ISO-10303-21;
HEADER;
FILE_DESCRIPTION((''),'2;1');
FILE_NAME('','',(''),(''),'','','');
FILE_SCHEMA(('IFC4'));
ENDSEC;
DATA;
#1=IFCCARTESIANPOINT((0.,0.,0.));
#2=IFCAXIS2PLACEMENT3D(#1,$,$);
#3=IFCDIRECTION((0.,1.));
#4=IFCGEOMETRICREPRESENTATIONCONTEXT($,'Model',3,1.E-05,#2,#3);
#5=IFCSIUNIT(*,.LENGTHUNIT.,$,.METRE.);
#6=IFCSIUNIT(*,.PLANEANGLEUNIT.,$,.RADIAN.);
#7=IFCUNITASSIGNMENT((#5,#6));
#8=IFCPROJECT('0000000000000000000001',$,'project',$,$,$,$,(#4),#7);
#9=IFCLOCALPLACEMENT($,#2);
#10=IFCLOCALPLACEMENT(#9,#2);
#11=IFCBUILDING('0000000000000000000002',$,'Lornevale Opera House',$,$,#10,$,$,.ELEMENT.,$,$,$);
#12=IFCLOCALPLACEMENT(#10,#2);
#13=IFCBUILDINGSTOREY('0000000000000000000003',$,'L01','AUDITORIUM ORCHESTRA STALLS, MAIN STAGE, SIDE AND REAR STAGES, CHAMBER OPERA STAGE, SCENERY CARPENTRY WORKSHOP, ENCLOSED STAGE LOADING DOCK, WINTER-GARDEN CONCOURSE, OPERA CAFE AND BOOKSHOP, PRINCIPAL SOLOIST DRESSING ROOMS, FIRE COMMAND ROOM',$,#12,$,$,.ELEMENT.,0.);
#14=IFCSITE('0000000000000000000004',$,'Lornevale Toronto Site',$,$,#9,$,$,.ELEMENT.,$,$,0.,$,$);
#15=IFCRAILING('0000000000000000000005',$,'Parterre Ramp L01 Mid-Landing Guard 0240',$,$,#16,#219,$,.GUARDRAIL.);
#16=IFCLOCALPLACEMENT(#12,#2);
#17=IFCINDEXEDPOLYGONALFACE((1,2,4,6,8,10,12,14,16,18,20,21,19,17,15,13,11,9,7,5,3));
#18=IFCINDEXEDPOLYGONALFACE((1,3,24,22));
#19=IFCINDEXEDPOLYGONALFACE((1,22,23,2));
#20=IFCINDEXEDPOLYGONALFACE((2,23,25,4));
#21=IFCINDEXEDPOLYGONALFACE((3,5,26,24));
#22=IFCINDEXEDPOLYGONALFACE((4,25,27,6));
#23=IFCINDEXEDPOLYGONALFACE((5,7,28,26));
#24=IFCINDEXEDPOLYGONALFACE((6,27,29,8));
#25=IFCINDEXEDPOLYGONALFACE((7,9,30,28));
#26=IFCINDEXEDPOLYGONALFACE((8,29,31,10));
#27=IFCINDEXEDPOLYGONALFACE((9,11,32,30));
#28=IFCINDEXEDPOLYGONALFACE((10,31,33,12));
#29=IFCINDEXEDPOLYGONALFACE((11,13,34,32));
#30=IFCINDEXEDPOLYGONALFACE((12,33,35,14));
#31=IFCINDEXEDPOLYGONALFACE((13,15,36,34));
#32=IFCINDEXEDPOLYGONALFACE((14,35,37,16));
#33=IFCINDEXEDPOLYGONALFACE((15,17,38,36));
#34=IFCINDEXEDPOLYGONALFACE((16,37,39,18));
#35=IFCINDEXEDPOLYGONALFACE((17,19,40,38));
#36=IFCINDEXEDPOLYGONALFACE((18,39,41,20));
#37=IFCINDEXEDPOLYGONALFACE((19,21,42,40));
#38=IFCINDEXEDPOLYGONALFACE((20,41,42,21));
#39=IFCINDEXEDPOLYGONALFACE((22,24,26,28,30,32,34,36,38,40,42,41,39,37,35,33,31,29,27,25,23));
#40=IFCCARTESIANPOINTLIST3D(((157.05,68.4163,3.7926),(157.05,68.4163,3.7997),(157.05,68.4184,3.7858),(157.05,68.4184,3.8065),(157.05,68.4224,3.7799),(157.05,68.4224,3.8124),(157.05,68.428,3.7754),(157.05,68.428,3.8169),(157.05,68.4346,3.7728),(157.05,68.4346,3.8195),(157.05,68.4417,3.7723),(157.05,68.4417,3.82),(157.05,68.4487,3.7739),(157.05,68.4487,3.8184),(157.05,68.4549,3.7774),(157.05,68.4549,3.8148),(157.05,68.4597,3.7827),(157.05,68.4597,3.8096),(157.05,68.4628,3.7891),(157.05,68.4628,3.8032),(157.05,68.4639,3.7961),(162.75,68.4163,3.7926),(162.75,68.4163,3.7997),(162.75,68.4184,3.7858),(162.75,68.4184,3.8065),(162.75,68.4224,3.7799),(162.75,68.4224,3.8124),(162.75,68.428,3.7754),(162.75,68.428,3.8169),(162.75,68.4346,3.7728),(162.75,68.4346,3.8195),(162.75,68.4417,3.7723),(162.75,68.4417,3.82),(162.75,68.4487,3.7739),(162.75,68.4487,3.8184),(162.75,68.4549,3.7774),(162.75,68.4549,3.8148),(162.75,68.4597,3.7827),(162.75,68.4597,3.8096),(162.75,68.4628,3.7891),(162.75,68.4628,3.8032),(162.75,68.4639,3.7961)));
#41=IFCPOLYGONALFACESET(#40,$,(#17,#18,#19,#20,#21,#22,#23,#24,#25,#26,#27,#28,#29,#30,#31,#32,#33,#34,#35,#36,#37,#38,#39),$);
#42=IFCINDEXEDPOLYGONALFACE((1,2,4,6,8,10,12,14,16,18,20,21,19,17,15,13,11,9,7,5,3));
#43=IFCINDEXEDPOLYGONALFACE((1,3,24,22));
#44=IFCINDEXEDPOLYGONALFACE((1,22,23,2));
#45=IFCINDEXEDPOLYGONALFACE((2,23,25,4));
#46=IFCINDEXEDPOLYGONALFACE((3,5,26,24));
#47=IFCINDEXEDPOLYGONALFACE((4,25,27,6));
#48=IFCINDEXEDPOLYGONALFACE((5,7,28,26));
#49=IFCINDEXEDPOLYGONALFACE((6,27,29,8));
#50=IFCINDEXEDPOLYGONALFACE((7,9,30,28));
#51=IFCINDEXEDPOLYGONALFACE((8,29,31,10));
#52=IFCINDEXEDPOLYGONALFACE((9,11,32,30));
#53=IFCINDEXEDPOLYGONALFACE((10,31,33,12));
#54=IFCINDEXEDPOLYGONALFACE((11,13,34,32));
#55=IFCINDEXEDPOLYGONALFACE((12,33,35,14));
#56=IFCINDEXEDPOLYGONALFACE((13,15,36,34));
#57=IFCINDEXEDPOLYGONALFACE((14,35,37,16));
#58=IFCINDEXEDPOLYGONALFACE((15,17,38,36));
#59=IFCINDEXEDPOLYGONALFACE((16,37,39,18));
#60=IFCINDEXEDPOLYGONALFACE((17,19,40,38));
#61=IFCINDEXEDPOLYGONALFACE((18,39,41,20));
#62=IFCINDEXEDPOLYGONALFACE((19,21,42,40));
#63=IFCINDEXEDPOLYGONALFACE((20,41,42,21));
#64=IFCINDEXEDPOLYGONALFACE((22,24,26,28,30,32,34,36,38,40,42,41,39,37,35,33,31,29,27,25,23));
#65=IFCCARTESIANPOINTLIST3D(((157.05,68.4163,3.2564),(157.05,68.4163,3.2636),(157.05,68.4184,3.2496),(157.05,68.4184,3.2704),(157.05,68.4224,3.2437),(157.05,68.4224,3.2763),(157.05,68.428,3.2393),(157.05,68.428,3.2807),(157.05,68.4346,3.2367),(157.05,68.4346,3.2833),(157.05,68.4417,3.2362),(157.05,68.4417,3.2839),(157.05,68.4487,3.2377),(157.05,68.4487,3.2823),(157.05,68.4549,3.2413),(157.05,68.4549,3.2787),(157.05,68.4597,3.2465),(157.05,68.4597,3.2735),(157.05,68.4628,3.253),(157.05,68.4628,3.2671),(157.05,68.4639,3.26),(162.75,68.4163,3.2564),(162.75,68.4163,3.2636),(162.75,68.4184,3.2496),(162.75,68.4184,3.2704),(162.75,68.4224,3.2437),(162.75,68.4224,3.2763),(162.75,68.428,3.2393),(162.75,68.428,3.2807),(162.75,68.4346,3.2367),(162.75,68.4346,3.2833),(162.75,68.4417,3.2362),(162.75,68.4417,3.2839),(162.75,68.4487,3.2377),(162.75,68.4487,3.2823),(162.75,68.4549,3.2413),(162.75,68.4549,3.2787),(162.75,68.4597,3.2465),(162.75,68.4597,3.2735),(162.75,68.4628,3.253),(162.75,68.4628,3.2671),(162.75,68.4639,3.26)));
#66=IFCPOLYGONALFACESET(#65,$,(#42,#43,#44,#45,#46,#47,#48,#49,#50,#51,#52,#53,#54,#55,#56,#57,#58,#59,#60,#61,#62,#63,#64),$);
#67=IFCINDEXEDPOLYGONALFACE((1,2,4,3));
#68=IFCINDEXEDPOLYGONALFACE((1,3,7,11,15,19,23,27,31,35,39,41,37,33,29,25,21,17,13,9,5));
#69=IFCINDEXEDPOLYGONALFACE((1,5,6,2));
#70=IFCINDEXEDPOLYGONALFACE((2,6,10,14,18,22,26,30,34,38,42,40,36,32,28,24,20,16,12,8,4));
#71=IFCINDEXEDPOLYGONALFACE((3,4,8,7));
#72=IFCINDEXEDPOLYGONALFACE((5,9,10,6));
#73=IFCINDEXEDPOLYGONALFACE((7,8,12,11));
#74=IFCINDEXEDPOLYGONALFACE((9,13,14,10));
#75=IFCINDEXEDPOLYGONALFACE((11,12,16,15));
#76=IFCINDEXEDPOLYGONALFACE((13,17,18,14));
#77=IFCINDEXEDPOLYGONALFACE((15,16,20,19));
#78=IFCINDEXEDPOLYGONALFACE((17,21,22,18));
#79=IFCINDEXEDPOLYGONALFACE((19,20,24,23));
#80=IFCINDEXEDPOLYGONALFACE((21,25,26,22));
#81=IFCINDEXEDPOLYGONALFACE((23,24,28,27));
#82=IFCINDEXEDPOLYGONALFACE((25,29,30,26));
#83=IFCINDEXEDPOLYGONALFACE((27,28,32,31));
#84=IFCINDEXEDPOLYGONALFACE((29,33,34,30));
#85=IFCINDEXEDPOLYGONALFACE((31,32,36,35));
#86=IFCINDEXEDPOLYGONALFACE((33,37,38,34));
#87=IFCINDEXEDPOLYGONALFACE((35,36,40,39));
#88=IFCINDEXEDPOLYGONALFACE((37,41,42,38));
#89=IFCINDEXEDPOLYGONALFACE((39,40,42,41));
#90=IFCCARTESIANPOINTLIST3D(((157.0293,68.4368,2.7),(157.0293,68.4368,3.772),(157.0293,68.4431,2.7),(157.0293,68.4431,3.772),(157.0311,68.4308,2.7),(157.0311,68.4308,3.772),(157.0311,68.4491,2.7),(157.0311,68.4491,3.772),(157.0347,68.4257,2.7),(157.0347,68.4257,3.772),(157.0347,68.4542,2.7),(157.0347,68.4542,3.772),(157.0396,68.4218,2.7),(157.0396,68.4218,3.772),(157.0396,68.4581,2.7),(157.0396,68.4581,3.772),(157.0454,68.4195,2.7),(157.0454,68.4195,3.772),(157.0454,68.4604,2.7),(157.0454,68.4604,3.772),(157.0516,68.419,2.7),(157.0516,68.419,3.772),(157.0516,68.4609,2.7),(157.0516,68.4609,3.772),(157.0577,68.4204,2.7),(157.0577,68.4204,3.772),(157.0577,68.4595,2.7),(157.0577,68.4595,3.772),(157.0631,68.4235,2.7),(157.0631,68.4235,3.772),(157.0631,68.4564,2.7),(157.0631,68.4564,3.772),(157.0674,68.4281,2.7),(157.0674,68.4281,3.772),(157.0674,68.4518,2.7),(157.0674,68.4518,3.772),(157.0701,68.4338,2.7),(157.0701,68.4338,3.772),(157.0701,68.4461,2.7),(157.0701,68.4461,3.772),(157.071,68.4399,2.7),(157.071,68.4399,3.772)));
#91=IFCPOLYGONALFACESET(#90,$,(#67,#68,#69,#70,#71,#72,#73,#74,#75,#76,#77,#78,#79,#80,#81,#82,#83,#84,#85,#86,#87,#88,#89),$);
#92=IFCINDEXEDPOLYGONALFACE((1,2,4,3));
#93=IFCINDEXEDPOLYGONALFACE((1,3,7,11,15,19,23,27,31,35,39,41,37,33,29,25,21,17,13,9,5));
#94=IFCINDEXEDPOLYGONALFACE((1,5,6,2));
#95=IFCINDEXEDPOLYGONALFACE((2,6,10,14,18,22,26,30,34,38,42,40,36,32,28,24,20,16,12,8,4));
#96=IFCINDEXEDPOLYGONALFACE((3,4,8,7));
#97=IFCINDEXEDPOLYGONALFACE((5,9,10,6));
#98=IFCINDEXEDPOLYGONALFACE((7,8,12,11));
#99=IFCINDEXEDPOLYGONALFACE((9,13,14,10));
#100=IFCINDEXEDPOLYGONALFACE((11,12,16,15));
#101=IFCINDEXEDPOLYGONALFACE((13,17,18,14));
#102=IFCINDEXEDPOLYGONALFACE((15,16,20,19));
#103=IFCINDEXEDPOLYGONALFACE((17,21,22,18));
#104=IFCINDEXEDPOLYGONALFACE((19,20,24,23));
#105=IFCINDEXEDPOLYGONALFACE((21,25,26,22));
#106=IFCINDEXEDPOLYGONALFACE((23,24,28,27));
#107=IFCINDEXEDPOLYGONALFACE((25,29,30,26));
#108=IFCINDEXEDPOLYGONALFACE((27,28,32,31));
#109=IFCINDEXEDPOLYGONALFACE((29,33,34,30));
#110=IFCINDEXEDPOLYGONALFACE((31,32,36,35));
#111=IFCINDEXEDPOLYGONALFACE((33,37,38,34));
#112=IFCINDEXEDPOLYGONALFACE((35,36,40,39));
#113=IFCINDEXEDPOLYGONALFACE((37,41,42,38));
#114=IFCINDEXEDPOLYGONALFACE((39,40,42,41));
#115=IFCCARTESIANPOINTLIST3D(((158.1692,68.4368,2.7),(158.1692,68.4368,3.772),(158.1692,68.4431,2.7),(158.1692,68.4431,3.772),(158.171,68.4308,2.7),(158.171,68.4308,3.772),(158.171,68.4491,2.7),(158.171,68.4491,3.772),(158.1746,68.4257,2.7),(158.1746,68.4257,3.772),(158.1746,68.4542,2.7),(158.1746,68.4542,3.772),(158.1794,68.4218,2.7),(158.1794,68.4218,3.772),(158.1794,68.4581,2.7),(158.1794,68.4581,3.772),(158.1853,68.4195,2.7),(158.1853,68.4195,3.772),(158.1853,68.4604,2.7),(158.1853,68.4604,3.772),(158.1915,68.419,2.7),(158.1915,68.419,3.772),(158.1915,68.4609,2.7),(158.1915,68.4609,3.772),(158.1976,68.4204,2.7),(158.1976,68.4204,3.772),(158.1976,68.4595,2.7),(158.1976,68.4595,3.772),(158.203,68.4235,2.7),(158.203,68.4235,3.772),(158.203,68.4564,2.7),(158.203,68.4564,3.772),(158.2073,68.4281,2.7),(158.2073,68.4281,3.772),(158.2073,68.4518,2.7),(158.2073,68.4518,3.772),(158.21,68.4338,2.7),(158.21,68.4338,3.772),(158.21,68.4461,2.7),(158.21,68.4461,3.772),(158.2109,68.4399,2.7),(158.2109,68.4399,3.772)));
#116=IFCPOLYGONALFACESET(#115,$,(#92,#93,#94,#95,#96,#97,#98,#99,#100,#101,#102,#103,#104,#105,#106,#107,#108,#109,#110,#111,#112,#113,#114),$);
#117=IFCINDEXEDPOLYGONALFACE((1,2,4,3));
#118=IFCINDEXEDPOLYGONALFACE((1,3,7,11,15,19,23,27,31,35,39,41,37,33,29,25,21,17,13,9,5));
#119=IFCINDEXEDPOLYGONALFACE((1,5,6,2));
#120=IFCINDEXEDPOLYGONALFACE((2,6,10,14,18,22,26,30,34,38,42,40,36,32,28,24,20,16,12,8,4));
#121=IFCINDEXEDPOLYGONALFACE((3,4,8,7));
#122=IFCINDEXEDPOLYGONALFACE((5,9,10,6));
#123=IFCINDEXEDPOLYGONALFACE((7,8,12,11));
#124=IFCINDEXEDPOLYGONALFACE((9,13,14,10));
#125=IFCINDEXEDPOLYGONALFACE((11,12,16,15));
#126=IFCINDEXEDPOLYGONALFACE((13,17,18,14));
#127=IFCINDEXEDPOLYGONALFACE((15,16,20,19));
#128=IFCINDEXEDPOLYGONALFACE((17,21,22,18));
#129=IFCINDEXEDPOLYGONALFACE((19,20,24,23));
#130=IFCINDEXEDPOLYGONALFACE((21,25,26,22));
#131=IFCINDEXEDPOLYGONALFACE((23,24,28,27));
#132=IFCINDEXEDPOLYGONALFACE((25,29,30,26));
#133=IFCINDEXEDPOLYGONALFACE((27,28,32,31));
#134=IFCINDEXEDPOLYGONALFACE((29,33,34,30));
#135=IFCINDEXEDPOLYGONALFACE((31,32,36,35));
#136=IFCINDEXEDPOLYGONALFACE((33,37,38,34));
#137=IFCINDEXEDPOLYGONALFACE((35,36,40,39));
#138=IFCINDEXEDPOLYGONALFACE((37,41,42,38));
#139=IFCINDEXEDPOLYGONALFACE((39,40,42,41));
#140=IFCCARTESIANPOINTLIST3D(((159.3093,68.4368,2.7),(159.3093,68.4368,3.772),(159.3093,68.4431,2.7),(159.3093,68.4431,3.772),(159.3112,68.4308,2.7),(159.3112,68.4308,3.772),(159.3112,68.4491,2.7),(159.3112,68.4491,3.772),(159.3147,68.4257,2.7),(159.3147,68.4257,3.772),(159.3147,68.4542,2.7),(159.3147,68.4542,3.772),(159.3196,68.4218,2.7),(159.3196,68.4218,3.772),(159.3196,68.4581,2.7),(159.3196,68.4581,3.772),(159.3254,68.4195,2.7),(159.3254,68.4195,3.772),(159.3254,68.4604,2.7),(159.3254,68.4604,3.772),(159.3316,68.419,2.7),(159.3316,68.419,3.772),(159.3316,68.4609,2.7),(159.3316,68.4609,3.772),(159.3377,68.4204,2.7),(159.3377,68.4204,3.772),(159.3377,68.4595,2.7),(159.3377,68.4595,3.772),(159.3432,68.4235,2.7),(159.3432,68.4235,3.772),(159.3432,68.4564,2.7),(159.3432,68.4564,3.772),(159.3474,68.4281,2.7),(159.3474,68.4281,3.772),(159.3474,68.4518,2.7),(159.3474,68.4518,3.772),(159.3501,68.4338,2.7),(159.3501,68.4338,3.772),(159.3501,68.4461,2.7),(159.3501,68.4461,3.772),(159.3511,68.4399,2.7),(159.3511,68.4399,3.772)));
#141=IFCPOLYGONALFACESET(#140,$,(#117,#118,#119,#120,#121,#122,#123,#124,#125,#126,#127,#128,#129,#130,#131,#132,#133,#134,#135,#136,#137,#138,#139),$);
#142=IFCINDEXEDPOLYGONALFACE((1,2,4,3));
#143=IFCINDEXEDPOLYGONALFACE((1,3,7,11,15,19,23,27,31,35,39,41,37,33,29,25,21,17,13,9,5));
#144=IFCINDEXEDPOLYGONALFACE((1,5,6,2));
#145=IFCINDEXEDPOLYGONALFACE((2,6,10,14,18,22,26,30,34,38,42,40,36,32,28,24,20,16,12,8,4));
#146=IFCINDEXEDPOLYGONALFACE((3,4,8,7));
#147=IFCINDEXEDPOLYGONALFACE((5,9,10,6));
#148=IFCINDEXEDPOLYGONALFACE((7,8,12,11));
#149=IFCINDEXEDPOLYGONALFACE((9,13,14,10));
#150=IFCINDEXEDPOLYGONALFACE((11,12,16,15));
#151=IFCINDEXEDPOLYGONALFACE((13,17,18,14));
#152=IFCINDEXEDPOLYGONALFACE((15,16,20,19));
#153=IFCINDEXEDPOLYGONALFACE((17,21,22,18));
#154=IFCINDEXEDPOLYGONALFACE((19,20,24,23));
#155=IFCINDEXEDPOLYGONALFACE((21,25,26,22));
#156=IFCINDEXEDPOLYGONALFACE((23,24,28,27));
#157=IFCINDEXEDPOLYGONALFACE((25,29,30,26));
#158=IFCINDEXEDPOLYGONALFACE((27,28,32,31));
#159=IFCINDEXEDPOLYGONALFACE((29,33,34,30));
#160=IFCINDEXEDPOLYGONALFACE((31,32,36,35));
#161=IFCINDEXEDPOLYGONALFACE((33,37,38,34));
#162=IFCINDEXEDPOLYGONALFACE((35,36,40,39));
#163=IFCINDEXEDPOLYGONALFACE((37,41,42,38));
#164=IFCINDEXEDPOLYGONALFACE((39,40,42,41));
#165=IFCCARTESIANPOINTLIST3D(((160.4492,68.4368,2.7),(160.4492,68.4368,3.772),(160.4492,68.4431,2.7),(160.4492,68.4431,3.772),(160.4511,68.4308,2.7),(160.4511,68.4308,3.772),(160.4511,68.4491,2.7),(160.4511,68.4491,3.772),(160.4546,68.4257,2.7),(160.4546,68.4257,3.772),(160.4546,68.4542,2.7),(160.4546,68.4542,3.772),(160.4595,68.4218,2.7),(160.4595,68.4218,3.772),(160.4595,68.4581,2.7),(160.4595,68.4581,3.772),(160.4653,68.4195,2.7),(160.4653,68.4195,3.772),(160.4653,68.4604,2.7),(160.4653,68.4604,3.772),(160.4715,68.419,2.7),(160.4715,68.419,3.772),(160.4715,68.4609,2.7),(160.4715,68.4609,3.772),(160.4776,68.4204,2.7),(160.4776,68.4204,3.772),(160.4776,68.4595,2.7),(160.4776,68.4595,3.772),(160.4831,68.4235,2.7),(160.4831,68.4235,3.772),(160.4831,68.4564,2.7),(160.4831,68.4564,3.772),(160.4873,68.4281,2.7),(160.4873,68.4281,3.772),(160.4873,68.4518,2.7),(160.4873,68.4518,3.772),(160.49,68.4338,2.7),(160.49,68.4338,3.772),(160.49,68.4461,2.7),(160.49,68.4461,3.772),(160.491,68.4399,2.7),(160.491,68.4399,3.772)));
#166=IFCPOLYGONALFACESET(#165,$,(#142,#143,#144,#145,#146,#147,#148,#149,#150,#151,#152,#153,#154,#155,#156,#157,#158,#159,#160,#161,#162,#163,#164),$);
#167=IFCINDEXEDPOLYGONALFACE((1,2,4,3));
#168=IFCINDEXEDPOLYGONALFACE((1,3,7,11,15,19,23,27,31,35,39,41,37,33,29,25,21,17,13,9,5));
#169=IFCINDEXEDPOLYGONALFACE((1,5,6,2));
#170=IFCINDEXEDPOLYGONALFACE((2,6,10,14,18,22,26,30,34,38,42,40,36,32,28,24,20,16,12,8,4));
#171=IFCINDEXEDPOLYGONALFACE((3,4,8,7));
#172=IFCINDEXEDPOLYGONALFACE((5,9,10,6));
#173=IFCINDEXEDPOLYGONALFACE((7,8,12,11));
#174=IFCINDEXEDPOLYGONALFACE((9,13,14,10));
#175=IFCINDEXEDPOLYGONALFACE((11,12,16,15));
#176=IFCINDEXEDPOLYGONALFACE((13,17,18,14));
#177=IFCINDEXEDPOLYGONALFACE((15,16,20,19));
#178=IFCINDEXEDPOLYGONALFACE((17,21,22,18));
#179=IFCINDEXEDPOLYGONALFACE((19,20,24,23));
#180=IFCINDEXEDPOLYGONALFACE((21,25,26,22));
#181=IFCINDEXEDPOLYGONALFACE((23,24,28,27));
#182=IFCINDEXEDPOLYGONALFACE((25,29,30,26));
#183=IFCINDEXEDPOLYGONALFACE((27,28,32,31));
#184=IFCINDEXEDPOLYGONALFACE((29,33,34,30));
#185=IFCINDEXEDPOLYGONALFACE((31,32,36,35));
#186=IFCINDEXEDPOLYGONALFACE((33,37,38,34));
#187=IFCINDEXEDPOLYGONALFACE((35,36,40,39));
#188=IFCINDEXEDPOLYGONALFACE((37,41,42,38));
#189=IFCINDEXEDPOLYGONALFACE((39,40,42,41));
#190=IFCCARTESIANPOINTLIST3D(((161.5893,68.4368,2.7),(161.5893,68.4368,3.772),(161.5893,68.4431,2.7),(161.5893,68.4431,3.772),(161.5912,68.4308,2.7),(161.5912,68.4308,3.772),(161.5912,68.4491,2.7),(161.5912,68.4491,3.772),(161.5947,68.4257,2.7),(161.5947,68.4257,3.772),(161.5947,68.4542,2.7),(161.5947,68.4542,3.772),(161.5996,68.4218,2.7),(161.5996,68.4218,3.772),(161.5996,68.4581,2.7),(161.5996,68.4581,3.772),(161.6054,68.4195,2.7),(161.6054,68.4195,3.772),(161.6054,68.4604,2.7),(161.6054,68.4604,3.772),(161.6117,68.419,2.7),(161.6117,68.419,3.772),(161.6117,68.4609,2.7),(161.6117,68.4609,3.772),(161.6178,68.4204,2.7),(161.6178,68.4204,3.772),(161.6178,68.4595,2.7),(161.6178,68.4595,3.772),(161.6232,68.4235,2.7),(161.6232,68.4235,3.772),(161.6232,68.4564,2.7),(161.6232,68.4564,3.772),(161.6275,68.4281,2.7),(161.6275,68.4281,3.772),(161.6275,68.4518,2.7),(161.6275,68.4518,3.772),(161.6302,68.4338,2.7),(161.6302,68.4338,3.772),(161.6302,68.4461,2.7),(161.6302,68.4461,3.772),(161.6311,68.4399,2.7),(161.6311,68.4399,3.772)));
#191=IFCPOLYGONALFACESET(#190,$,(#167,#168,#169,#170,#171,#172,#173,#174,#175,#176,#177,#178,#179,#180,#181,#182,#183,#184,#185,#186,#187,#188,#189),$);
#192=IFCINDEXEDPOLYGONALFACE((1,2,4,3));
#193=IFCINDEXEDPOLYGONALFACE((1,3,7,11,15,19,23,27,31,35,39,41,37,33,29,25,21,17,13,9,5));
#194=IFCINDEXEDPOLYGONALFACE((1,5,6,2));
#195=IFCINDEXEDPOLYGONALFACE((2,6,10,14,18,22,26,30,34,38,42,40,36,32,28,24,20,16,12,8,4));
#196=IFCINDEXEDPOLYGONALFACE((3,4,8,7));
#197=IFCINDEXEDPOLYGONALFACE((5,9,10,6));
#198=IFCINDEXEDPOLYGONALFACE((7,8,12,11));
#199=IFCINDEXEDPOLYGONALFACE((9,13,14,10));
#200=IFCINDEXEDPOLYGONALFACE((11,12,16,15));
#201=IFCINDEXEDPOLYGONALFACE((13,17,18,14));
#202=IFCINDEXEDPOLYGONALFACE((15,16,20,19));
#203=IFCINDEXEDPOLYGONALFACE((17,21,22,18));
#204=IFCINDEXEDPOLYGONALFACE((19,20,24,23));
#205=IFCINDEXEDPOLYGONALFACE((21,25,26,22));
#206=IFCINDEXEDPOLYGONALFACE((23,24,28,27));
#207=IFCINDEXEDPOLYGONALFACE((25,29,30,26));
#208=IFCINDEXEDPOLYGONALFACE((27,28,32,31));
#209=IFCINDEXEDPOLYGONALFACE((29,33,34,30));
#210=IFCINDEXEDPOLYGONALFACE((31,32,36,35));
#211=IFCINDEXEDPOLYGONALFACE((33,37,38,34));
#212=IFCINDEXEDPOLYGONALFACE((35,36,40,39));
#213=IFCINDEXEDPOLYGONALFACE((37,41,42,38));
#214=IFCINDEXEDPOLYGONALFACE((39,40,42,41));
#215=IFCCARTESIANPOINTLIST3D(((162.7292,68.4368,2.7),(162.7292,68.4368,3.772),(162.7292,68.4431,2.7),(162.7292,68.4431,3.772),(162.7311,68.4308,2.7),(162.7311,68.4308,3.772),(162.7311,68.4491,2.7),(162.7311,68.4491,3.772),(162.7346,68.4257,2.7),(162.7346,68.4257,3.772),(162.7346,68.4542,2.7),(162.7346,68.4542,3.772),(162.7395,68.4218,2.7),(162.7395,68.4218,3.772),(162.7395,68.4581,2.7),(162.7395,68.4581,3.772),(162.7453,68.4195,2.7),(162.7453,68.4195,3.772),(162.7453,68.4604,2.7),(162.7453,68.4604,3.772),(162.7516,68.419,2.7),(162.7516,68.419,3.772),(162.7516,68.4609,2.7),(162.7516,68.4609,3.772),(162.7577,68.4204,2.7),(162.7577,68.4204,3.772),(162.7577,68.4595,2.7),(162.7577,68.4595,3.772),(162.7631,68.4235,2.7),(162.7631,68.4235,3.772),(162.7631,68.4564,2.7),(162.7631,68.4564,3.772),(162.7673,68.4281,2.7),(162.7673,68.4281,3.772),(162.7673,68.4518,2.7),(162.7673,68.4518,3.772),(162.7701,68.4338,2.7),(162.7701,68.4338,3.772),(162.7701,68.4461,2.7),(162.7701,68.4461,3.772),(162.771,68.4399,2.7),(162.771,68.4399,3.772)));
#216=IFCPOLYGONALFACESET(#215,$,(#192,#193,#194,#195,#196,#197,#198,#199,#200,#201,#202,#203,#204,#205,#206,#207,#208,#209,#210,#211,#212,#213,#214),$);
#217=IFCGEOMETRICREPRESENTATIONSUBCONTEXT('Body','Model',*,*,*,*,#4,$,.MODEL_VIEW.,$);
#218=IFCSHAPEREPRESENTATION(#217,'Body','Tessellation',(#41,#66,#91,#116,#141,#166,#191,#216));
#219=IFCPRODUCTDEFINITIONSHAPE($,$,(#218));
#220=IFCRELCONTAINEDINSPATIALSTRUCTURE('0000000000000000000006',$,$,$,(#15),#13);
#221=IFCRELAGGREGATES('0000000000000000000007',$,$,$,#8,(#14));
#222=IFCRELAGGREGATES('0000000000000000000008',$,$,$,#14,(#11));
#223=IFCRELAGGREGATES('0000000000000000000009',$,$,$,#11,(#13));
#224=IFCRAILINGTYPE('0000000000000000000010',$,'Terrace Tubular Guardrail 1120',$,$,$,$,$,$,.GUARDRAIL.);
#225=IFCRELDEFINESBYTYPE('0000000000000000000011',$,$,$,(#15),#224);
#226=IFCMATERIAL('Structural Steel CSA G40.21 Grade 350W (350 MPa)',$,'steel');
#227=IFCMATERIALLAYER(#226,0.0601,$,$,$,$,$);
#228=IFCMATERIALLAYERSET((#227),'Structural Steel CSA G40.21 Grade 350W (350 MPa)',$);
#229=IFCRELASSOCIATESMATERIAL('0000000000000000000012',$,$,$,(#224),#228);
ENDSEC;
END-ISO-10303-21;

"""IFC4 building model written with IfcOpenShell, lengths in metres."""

from ifc_helpers import new_model, si_unit, direction, frame, origin, origin_2d, place, context, subcontext, project, spatial, circle, extrude, material, layer, layer_set, type_object, element, save


model = new_model("IFC4")

# Units and contexts
model_context = context("Model", 3, precision=1e-05, world=origin(), true_north=direction((0.0, 1.0)))
body_context = subcontext(model_context, "Body", "Model", "MODEL_VIEW")
ifc_project = project(units=[si_unit("LENGTHUNIT", "METRE"), si_unit("PLANEANGLEUNIT", "RADIAN")], contexts=[model_context])

# Site, building, storey
site_placement = place(None, origin())
site = spatial("IfcSite", under=ifc_project, at=site_placement, Name="Lornevale Toronto Site", CompositionType="ELEMENT", RefElevation=0.0)
building_placement = place(site_placement, origin())
building = spatial("IfcBuilding", under=site, at=building_placement, Name="Lornevale Opera House", CompositionType="ELEMENT")
storey_placement = place(building_placement, origin())
storey = spatial("IfcBuildingStorey", under=building, at=storey_placement, Name="L01", Description="AUDITORIUM ORCHESTRA STALLS, MAIN STAGE, SIDE AND REAR STAGES, CHAMBER OPERA STAGE, SCENERY CARPENTRY WORKSHOP, ENCLOSED STAGE LOADING DOCK, WINTER-GARDEN CONCOURSE, OPERA CAFE AND BOOKSHOP, PRINCIPAL SOLOIST DRESSING ROOMS, FIRE COMMAND ROOM", CompositionType="ELEMENT", Elevation=0.0)

# Shared definitions
ifc_material_1 = material(Name="Structural Steel CSA G40.21 Grade 350W (350 MPa)", Category="steel")

# Railing
ifc_layer_1 = layer(ifc_material_1, 0.0601)
ifc_layer_set_1 = layer_set([ifc_layer_1], Name="Structural Steel CSA G40.21 Grade 350W (350 MPa)")
railing_type_1 = type_object("IfcRailingType", Name="Terrace Tubular Guardrail 1120", PredefinedType="GUARDRAIL", material=ifc_layer_set_1)
railing_1_placement = place(storey_placement, frame((157.05, 68.4399, 2.7)))
element("IfcRailing", 1, at=railing_1_placement, inside=storey, type_object=railing_type_1, Name="Parterre Ramp L01 Mid-Landing Guard 0240", PredefinedType="GUARDRAIL", context=body_context, shape_type="SweptSolid", body=[
    extrude(circle(Radius=0.0239, at=origin_2d()), frame((0.0, 0.0, 1.0962), z_axis=(1.0, 0.0, 0.0), x_axis=(0.0, 1.0, 0.0)), (0.0, 0.0, 1.0), 5.7),
    extrude(circle(Radius=0.0239, at=origin_2d()), frame((0.0, 0.0, 0.5601), z_axis=(1.0, 0.0, 0.0), x_axis=(0.0, 1.0, 0.0)), (0.0, 0.0, 1.0), 5.7),
    extrude(circle(Radius=0.021, at=origin_2d()), origin(), (0.0, 0.0, 1.0), 1.072),
    extrude(circle(Radius=0.021, at=origin_2d()), frame((1.1399, 0.0, 0.0)), (0.0, 0.0, 1.0), 1.072),
    extrude(circle(Radius=0.021, at=origin_2d()), frame((2.28, 0.0, 0.0)), (0.0, 0.0, 1.0), 1.072),
    extrude(circle(Radius=0.021, at=origin_2d()), frame((3.4199, 0.0, 0.0)), (0.0, 0.0, 1.0), 1.072),
    extrude(circle(Radius=0.021, at=origin_2d()), frame((4.5601, 0.0, 0.0)), (0.0, 0.0, 1.0), 1.072),
    extrude(circle(Radius=0.021, at=origin_2d()), frame((5.7, 0.0, 0.0)), (0.0, 0.0, 1.0), 1.072),
])

save(model, "model.ifc")
